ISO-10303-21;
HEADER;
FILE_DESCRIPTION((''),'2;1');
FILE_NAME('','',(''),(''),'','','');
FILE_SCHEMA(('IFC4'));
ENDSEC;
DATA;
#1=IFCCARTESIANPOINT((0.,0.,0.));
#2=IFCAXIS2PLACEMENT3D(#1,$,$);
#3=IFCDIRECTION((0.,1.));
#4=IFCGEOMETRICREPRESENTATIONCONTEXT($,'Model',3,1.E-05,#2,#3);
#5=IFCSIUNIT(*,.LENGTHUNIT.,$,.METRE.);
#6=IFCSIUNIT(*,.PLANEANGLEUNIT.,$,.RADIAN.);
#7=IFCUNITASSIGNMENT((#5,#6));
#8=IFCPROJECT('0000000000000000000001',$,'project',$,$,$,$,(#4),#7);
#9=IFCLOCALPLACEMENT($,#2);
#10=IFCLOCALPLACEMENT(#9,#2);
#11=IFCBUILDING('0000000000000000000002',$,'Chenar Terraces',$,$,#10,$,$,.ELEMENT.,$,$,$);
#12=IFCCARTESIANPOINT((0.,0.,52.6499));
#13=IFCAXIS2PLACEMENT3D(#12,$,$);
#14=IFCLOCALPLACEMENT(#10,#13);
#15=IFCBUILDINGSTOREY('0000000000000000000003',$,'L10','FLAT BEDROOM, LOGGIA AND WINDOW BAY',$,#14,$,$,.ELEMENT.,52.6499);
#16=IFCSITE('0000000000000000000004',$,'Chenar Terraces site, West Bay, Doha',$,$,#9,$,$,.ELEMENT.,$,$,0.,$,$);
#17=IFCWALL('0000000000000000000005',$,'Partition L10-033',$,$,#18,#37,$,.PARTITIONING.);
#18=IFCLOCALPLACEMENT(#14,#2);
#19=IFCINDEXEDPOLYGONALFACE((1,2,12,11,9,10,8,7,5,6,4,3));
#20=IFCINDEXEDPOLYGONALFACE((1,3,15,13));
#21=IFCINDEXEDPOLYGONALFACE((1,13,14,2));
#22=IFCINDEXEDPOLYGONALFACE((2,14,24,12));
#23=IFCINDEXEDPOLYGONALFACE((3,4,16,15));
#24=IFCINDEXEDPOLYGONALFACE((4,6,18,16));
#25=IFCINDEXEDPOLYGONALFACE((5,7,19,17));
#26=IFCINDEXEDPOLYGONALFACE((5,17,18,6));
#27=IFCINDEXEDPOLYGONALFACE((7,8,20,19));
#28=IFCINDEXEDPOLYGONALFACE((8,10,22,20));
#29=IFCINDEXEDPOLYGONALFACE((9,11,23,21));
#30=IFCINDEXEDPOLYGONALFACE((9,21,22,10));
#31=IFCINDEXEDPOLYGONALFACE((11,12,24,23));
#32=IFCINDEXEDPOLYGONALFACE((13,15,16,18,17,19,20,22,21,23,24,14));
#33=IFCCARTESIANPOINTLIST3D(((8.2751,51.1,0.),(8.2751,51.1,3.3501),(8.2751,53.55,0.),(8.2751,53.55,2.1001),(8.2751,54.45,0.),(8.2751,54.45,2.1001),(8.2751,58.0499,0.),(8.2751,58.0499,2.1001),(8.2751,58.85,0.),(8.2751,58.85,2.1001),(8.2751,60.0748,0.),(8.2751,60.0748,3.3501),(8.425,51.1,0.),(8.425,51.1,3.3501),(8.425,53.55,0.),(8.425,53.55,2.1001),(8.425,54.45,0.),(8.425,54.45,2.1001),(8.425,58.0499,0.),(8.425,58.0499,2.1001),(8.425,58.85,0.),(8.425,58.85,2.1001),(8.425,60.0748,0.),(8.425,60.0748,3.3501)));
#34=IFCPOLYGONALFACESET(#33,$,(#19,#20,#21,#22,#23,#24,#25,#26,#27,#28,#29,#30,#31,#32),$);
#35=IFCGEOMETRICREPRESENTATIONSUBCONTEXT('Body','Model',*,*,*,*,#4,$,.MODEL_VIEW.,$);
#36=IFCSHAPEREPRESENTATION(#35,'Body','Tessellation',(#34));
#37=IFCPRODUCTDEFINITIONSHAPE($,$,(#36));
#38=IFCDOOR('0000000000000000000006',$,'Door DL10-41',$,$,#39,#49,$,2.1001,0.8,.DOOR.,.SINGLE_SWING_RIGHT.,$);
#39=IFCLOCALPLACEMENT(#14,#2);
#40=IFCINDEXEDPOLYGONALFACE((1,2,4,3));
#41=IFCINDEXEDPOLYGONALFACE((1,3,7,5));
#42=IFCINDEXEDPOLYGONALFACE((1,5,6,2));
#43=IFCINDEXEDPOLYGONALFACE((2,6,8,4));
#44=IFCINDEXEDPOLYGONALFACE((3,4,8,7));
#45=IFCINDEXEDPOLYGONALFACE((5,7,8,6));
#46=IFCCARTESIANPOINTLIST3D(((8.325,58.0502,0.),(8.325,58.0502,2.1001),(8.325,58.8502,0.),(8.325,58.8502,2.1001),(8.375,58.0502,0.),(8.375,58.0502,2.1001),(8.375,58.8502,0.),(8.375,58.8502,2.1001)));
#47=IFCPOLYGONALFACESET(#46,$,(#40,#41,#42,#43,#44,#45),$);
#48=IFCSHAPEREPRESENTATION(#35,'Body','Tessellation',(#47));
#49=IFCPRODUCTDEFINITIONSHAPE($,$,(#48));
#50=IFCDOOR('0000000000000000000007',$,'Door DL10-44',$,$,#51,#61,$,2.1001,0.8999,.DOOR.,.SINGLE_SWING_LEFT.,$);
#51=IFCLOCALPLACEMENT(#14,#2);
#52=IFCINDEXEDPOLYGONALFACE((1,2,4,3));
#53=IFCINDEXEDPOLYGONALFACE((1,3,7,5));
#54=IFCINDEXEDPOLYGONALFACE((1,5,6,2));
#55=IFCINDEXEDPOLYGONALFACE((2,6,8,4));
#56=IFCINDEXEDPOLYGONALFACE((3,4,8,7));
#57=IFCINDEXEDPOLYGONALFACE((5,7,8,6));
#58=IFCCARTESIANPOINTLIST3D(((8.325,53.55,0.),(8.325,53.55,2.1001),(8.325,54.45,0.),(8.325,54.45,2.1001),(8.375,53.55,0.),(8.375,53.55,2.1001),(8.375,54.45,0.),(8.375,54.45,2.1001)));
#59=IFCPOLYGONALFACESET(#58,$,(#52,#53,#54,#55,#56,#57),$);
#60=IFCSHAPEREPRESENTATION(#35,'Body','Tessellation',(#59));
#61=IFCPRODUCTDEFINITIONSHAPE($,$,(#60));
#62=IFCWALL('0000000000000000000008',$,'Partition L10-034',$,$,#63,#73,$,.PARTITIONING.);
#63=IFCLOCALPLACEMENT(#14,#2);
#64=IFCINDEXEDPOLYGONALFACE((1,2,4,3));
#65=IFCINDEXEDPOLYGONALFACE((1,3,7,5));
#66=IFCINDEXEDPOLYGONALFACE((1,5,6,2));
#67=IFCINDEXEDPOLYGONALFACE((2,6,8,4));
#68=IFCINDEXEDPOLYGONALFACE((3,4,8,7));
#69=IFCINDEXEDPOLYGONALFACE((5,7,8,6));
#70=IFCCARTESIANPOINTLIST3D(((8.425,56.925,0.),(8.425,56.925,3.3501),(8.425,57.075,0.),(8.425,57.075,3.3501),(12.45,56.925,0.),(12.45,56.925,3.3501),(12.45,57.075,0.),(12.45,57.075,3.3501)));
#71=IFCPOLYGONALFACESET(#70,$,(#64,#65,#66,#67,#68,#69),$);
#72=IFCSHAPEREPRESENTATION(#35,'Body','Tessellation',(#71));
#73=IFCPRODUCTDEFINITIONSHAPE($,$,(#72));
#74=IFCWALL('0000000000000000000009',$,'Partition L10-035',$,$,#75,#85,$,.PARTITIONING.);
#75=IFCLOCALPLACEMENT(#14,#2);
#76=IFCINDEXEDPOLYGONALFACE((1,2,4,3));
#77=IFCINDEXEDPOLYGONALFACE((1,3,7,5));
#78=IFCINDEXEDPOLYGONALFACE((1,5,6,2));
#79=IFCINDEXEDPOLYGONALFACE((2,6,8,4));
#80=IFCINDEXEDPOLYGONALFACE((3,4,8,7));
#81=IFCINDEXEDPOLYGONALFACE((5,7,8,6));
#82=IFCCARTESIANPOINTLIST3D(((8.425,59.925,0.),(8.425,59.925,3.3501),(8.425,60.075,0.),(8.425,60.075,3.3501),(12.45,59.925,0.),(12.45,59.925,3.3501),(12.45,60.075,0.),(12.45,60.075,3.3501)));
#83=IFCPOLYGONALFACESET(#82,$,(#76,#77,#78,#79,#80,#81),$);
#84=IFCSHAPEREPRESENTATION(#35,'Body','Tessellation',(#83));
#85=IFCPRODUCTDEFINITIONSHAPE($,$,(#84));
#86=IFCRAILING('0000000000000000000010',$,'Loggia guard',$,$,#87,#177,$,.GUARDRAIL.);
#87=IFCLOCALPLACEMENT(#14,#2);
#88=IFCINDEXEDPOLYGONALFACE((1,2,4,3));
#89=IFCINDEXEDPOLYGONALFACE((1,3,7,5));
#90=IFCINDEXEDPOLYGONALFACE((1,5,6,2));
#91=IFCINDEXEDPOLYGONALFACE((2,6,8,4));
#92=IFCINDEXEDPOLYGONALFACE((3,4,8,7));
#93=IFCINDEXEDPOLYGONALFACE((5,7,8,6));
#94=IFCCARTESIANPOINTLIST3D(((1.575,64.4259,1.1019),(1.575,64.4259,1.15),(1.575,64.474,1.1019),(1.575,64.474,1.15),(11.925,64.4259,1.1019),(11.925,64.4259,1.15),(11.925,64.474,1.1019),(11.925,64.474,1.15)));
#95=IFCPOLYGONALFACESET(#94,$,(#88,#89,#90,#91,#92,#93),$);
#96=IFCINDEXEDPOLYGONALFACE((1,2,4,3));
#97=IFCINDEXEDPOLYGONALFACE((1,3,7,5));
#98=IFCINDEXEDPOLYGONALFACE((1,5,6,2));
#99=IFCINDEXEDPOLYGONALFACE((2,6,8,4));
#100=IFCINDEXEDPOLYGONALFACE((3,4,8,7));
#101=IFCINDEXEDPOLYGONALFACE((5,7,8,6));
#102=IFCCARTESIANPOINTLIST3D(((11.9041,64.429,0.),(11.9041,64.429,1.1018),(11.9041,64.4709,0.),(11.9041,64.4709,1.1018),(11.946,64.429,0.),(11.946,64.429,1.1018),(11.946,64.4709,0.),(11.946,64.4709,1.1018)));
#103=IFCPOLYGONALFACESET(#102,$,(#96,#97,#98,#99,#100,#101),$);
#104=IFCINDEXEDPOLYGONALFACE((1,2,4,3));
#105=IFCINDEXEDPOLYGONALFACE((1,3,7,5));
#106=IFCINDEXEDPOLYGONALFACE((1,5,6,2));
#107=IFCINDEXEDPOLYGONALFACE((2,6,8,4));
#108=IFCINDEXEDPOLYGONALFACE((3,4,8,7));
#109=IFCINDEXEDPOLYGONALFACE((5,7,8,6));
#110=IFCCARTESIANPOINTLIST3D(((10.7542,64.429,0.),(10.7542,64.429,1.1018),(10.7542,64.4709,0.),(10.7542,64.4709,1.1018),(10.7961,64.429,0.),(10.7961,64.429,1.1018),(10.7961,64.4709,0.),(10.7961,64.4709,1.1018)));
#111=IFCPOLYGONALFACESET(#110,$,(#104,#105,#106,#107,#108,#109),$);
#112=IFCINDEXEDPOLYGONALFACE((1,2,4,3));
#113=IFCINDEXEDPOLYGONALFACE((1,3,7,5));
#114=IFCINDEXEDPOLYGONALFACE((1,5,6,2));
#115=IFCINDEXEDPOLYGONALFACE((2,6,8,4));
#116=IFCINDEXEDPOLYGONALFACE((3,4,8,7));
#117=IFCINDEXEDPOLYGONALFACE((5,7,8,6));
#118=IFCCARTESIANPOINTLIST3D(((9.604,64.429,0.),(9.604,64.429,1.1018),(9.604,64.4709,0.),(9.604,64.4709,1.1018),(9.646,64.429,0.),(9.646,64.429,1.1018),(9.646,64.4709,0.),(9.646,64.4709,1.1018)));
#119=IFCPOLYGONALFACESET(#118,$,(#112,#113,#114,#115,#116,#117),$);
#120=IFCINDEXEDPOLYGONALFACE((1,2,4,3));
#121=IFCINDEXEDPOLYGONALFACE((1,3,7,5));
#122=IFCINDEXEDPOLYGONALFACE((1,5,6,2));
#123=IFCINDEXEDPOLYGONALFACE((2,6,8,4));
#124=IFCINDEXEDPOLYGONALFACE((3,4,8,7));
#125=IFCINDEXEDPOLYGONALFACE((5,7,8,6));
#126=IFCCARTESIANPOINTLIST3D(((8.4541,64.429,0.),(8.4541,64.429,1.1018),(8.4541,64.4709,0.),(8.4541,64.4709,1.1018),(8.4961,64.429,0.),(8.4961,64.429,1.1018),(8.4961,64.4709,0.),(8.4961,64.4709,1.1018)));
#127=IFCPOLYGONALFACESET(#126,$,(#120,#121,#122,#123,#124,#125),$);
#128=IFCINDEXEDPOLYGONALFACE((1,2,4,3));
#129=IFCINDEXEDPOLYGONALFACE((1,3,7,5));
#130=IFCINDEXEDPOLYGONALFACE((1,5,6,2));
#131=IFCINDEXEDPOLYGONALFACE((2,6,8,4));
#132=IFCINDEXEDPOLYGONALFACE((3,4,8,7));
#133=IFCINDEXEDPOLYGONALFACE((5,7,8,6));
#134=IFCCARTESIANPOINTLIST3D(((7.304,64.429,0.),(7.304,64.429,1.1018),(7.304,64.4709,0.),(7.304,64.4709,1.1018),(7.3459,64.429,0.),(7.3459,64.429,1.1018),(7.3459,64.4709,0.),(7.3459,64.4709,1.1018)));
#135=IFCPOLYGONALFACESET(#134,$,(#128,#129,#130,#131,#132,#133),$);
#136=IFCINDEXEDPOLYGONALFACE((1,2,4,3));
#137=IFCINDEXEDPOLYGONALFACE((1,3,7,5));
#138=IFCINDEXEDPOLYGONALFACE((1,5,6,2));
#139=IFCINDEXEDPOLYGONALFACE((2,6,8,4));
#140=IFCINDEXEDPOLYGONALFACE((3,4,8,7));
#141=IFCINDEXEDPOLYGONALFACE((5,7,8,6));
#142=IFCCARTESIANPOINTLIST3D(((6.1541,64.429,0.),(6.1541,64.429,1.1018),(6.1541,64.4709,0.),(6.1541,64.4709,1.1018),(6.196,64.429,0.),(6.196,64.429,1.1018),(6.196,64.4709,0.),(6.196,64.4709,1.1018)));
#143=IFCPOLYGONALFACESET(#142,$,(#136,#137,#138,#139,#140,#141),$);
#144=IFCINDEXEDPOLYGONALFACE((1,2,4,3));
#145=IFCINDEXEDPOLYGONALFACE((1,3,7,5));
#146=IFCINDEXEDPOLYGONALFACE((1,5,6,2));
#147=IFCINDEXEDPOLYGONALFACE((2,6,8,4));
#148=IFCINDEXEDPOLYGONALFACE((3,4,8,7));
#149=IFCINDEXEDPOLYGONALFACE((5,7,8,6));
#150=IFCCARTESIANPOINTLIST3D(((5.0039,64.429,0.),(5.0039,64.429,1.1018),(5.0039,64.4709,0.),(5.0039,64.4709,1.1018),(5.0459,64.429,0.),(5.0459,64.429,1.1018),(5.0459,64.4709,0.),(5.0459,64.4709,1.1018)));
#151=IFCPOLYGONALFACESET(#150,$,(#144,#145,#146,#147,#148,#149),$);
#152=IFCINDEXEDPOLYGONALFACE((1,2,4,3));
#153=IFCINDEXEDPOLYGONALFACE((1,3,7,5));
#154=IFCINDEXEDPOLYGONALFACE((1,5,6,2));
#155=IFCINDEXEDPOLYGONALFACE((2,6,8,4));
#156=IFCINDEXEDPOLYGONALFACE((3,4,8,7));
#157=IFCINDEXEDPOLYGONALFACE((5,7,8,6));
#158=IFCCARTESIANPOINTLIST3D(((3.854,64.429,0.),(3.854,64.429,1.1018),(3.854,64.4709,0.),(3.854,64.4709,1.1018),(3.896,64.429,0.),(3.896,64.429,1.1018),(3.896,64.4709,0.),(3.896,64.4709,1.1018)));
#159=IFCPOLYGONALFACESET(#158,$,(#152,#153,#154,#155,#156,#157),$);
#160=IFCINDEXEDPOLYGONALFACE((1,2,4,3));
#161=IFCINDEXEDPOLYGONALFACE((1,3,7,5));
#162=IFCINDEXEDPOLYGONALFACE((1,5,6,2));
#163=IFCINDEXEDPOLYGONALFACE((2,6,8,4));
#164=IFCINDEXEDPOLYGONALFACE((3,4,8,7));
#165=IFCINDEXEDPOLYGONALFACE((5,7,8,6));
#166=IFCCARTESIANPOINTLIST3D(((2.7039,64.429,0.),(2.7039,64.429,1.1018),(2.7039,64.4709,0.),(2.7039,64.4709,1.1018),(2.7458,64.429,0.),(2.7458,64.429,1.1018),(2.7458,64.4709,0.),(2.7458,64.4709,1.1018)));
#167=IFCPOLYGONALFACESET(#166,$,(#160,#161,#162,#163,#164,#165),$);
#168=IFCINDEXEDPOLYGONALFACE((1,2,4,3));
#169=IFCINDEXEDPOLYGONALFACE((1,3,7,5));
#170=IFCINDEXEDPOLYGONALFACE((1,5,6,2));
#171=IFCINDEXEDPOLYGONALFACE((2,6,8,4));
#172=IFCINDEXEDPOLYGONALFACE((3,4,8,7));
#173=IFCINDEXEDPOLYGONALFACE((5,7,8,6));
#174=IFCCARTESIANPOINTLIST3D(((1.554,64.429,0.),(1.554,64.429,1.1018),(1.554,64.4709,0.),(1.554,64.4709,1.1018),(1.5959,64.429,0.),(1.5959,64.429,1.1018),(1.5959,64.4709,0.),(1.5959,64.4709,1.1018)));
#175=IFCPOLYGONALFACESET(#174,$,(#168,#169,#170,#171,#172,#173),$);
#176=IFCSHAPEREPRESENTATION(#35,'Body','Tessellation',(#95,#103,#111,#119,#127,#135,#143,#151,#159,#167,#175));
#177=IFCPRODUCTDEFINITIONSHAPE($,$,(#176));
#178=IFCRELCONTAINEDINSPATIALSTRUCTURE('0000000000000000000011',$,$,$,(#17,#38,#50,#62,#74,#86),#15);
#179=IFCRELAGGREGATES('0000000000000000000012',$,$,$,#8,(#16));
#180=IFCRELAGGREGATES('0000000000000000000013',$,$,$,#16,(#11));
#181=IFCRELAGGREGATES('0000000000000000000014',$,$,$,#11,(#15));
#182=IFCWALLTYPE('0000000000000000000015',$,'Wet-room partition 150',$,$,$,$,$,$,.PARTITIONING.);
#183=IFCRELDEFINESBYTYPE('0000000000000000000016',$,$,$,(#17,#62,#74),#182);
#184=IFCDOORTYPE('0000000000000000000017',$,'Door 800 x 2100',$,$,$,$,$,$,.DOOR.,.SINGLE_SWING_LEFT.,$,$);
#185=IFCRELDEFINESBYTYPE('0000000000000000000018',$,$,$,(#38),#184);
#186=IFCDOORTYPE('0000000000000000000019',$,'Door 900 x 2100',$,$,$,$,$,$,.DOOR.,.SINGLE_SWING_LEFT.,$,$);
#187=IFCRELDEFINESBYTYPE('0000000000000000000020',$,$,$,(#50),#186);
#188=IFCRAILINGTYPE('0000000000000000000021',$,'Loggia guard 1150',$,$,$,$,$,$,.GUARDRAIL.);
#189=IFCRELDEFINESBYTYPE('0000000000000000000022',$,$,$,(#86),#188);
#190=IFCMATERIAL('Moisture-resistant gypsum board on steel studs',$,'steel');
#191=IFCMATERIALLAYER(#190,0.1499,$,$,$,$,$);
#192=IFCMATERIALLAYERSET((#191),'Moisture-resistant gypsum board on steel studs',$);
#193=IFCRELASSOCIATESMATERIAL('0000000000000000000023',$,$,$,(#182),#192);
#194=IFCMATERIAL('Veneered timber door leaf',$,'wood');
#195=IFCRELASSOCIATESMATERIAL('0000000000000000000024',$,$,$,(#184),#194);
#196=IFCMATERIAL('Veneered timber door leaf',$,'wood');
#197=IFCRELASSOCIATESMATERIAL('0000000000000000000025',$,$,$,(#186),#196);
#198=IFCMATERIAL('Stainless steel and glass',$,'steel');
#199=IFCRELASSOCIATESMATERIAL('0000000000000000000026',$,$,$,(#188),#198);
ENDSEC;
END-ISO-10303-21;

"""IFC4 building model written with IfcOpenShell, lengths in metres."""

from ifc_helpers import new_model, si_unit, direction, frame, frame_2d, origin, origin_2d, place, context, subcontext, project, spatial, rectangle, extrude, material, layer, layer_set, type_object, element, fill, save


model = new_model("IFC4")

# Units and contexts
model_context = context("Model", 3, precision=1e-05, world=origin(), true_north=direction((0.0, 1.0)))
body_context = subcontext(model_context, "Body", "Model", "MODEL_VIEW")
ifc_project = project(units=[si_unit("LENGTHUNIT", "METRE"), si_unit("PLANEANGLEUNIT", "RADIAN")], contexts=[model_context])

# Site, building, storey
site_placement = place(None, origin())
site = spatial("IfcSite", under=ifc_project, at=site_placement, Name="Chenar Terraces site, West Bay, Doha", CompositionType="ELEMENT", RefElevation=0.0)
building_placement = place(site_placement, origin())
building = spatial("IfcBuilding", under=site, at=building_placement, Name="Chenar Terraces", CompositionType="ELEMENT")
storey_placement = place(building_placement, frame((0.0, 0.0, 52.6499)))
storey = spatial("IfcBuildingStorey", under=building, at=storey_placement, Name="L10", Description="FLAT BEDROOM, LOGGIA AND WINDOW BAY", CompositionType="ELEMENT", Elevation=52.6499)

# Shared definitions
ifc_material_1 = material(Name="Moisture-resistant gypsum board on steel studs", Category="steel")
ifc_layer_1 = layer(ifc_material_1, 0.1499)
ifc_layer_set_1 = layer_set([ifc_layer_1], Name="Moisture-resistant gypsum board on steel studs")
wall_type_1 = type_object("IfcWallType", Name="Wet-room partition 150", PredefinedType="PARTITIONING", material=ifc_layer_set_1)

# Shared definitions
ifc_material_2 = material(Name="Veneered timber door leaf", Category="wood")
door_type_1 = type_object("IfcDoorType", Name="Door 800 x 2100", OperationType="SINGLE_SWING_LEFT", PredefinedType="DOOR", material=ifc_material_2)
ifc_material_3 = material(Name="Veneered timber door leaf", Category="wood")
door_type_2 = type_object("IfcDoorType", Name="Door 900 x 2100", OperationType="SINGLE_SWING_LEFT", PredefinedType="DOOR", material=ifc_material_3)

# Wall, openings, doors
wall_1_placement = place(storey_placement, frame((8.3501, 51.1001, 0.0), z_axis=(0.0, 0.0, 1.0), x_axis=(0.0, 1.0, 0.0)))
wall_1 = element("IfcWall", 1, at=wall_1_placement, inside=storey, type_object=wall_type_1, Name="Partition L10-033", PredefinedType="PARTITIONING", context=body_context, shape_type="SweptSolid", body=[
    extrude(rectangle(XDim=8.9749, YDim=0.1499, at=frame_2d((4.4873, 0.0))), origin(), (0.0, 0.0, 1.0), 3.3501),
])
opening_1_placement = place(wall_1_placement, frame((6.95, 0.0, 0.0)))
opening_1 = element("IfcOpeningElement", 2, at=opening_1_placement, cuts=wall_1, PredefinedType="OPENING", context=body_context, shape_type="SweptSolid", body=[
    extrude(rectangle(XDim=0.8, YDim=2.1001, at=frame_2d((0.3999, 1.05))), frame((0.0, 0.085, 0.0), z_axis=(0.0, -1.0, 0.0), x_axis=(1.0, 0.0, 0.0)), (0.0, 0.0, 1.0), 0.1699),
])
opening_2_placement = place(wall_1_placement, frame((2.45, 0.0, 0.0)))
opening_2 = element("IfcOpeningElement", 3, at=opening_2_placement, cuts=wall_1, PredefinedType="OPENING", context=body_context, shape_type="SweptSolid", body=[
    extrude(rectangle(XDim=0.8999, YDim=2.1001, at=frame_2d((0.45, 1.05))), frame((0.0, 0.085, 0.0), z_axis=(0.0, -1.0, 0.0), x_axis=(1.0, 0.0, 0.0)), (0.0, 0.0, 1.0), 0.1699),
])
door_1_placement = place(opening_1_placement, frame((0.8, 0.0, 0.0), z_axis=(0.0, 0.0, 1.0), x_axis=(-1.0, 0.0, 0.0)))
door_1 = element("IfcDoor", 4, at=door_1_placement, inside=storey, type_object=door_type_1, Name="Door DL10-41", OperationType="SINGLE_SWING_RIGHT", OverallHeight=2.1001, OverallWidth=0.8, PredefinedType="DOOR", context=body_context, shape_type="SweptSolid", body=[
    extrude(rectangle(XDim=0.8, YDim=2.1001, at=frame_2d((0.3999, 1.05))), frame((0.0, 0.0249, 0.0), z_axis=(0.0, -1.0, 0.0), x_axis=(1.0, 0.0, 0.0)), (0.0, 0.0, 1.0), 0.05),
])
fill(opening_1, door_1)
door_2_placement = place(opening_2_placement, frame((0.8999, 0.0, 0.0), z_axis=(0.0, 0.0, 1.0), x_axis=(-1.0, 0.0, 0.0)))
door_2 = element("IfcDoor", 5, at=door_2_placement, inside=storey, type_object=door_type_2, Name="Door DL10-44", OperationType="SINGLE_SWING_LEFT", OverallHeight=2.1001, OverallWidth=0.8999, PredefinedType="DOOR", context=body_context, shape_type="SweptSolid", body=[
    extrude(rectangle(XDim=0.8999, YDim=2.1001, at=frame_2d((0.45, 1.05))), frame((0.0, 0.0249, 0.0), z_axis=(0.0, -1.0, 0.0), x_axis=(1.0, 0.0, 0.0)), (0.0, 0.0, 1.0), 0.05),
])
fill(opening_2, door_2)

# Walls
for number, where, z_axis, x_axis, name in (
    (6, (8.425, 57.0, 0.0), (0.0, 0.0, 1.0), (1.0, 0.0, 0.0), "Partition L10-034"),
    (7, (8.425, 60.0, 0.0), (0.0, 0.0, 1.0), (1.0, 0.0, 0.0), "Partition L10-035"),
):
    element("IfcWall", number, at=place(storey_placement, frame(where, z_axis=z_axis, x_axis=x_axis)), inside=storey, type_object=wall_type_1, Name=name, PredefinedType="PARTITIONING", context=body_context, shape_type="SweptSolid", body=[
        extrude(rectangle(XDim=4.0249, YDim=0.1499, at=frame_2d((2.0125, 0.0))), origin(), (0.0, 0.0, 1.0), 3.3501),
    ])

# Railing
ifc_material_4 = material(Name="Stainless steel and glass", Category="steel")
railing_type = type_object("IfcRailingType", Name="Loggia guard 1150", PredefinedType="GUARDRAIL", material=ifc_material_4)
railing_1_placement = place(storey_placement, frame((11.925, 64.45, 0.0)))
element("IfcRailing", 8, at=railing_1_placement, inside=storey, type_object=railing_type, Name="Loggia guard", PredefinedType="GUARDRAIL", context=body_context, shape_type="SweptSolid", body=[
    extrude(rectangle(XDim=0.0481, YDim=0.0481, at=origin_2d()), frame((0.0, 0.0, 1.126), z_axis=(-1.0, 0.0, 0.0), x_axis=(0.0, -1.0, 0.0)), (0.0, 0.0, 1.0), 10.3501),
    extrude(rectangle(XDim=0.042, YDim=0.042, at=origin_2d()), origin(), (0.0, 0.0, 1.0), 1.1018),
    extrude(rectangle(XDim=0.042, YDim=0.042, at=origin_2d()), frame((-1.1499, 0.0, 0.0)), (0.0, 0.0, 1.0), 1.1018),
    extrude(rectangle(XDim=0.042, YDim=0.042, at=origin_2d()), frame((-2.3, 0.0, 0.0)), (0.0, 0.0, 1.0), 1.1018),
    extrude(rectangle(XDim=0.042, YDim=0.042, at=origin_2d()), frame((-3.45, 0.0, 0.0)), (0.0, 0.0, 1.0), 1.1018),
    extrude(rectangle(XDim=0.042, YDim=0.042, at=origin_2d()), frame((-4.6001, 0.0, 0.0)), (0.0, 0.0, 1.0), 1.1018),
    extrude(rectangle(XDim=0.042, YDim=0.042, at=origin_2d()), frame((-5.75, 0.0, 0.0)), (0.0, 0.0, 1.0), 1.1018),
    extrude(rectangle(XDim=0.042, YDim=0.042, at=origin_2d()), frame((-6.9001, 0.0, 0.0)), (0.0, 0.0, 1.0), 1.1018),
    extrude(rectangle(XDim=0.042, YDim=0.042, at=origin_2d()), frame((-8.05, 0.0, 0.0)), (0.0, 0.0, 1.0), 1.1018),
    extrude(rectangle(XDim=0.042, YDim=0.042, at=origin_2d()), frame((-9.2002, 0.0, 0.0)), (0.0, 0.0, 1.0), 1.1018),
    extrude(rectangle(XDim=0.042, YDim=0.042, at=origin_2d()), frame((-10.3501, 0.0, 0.0)), (0.0, 0.0, 1.0), 1.1018),
])

save(model, "model.ifc")
